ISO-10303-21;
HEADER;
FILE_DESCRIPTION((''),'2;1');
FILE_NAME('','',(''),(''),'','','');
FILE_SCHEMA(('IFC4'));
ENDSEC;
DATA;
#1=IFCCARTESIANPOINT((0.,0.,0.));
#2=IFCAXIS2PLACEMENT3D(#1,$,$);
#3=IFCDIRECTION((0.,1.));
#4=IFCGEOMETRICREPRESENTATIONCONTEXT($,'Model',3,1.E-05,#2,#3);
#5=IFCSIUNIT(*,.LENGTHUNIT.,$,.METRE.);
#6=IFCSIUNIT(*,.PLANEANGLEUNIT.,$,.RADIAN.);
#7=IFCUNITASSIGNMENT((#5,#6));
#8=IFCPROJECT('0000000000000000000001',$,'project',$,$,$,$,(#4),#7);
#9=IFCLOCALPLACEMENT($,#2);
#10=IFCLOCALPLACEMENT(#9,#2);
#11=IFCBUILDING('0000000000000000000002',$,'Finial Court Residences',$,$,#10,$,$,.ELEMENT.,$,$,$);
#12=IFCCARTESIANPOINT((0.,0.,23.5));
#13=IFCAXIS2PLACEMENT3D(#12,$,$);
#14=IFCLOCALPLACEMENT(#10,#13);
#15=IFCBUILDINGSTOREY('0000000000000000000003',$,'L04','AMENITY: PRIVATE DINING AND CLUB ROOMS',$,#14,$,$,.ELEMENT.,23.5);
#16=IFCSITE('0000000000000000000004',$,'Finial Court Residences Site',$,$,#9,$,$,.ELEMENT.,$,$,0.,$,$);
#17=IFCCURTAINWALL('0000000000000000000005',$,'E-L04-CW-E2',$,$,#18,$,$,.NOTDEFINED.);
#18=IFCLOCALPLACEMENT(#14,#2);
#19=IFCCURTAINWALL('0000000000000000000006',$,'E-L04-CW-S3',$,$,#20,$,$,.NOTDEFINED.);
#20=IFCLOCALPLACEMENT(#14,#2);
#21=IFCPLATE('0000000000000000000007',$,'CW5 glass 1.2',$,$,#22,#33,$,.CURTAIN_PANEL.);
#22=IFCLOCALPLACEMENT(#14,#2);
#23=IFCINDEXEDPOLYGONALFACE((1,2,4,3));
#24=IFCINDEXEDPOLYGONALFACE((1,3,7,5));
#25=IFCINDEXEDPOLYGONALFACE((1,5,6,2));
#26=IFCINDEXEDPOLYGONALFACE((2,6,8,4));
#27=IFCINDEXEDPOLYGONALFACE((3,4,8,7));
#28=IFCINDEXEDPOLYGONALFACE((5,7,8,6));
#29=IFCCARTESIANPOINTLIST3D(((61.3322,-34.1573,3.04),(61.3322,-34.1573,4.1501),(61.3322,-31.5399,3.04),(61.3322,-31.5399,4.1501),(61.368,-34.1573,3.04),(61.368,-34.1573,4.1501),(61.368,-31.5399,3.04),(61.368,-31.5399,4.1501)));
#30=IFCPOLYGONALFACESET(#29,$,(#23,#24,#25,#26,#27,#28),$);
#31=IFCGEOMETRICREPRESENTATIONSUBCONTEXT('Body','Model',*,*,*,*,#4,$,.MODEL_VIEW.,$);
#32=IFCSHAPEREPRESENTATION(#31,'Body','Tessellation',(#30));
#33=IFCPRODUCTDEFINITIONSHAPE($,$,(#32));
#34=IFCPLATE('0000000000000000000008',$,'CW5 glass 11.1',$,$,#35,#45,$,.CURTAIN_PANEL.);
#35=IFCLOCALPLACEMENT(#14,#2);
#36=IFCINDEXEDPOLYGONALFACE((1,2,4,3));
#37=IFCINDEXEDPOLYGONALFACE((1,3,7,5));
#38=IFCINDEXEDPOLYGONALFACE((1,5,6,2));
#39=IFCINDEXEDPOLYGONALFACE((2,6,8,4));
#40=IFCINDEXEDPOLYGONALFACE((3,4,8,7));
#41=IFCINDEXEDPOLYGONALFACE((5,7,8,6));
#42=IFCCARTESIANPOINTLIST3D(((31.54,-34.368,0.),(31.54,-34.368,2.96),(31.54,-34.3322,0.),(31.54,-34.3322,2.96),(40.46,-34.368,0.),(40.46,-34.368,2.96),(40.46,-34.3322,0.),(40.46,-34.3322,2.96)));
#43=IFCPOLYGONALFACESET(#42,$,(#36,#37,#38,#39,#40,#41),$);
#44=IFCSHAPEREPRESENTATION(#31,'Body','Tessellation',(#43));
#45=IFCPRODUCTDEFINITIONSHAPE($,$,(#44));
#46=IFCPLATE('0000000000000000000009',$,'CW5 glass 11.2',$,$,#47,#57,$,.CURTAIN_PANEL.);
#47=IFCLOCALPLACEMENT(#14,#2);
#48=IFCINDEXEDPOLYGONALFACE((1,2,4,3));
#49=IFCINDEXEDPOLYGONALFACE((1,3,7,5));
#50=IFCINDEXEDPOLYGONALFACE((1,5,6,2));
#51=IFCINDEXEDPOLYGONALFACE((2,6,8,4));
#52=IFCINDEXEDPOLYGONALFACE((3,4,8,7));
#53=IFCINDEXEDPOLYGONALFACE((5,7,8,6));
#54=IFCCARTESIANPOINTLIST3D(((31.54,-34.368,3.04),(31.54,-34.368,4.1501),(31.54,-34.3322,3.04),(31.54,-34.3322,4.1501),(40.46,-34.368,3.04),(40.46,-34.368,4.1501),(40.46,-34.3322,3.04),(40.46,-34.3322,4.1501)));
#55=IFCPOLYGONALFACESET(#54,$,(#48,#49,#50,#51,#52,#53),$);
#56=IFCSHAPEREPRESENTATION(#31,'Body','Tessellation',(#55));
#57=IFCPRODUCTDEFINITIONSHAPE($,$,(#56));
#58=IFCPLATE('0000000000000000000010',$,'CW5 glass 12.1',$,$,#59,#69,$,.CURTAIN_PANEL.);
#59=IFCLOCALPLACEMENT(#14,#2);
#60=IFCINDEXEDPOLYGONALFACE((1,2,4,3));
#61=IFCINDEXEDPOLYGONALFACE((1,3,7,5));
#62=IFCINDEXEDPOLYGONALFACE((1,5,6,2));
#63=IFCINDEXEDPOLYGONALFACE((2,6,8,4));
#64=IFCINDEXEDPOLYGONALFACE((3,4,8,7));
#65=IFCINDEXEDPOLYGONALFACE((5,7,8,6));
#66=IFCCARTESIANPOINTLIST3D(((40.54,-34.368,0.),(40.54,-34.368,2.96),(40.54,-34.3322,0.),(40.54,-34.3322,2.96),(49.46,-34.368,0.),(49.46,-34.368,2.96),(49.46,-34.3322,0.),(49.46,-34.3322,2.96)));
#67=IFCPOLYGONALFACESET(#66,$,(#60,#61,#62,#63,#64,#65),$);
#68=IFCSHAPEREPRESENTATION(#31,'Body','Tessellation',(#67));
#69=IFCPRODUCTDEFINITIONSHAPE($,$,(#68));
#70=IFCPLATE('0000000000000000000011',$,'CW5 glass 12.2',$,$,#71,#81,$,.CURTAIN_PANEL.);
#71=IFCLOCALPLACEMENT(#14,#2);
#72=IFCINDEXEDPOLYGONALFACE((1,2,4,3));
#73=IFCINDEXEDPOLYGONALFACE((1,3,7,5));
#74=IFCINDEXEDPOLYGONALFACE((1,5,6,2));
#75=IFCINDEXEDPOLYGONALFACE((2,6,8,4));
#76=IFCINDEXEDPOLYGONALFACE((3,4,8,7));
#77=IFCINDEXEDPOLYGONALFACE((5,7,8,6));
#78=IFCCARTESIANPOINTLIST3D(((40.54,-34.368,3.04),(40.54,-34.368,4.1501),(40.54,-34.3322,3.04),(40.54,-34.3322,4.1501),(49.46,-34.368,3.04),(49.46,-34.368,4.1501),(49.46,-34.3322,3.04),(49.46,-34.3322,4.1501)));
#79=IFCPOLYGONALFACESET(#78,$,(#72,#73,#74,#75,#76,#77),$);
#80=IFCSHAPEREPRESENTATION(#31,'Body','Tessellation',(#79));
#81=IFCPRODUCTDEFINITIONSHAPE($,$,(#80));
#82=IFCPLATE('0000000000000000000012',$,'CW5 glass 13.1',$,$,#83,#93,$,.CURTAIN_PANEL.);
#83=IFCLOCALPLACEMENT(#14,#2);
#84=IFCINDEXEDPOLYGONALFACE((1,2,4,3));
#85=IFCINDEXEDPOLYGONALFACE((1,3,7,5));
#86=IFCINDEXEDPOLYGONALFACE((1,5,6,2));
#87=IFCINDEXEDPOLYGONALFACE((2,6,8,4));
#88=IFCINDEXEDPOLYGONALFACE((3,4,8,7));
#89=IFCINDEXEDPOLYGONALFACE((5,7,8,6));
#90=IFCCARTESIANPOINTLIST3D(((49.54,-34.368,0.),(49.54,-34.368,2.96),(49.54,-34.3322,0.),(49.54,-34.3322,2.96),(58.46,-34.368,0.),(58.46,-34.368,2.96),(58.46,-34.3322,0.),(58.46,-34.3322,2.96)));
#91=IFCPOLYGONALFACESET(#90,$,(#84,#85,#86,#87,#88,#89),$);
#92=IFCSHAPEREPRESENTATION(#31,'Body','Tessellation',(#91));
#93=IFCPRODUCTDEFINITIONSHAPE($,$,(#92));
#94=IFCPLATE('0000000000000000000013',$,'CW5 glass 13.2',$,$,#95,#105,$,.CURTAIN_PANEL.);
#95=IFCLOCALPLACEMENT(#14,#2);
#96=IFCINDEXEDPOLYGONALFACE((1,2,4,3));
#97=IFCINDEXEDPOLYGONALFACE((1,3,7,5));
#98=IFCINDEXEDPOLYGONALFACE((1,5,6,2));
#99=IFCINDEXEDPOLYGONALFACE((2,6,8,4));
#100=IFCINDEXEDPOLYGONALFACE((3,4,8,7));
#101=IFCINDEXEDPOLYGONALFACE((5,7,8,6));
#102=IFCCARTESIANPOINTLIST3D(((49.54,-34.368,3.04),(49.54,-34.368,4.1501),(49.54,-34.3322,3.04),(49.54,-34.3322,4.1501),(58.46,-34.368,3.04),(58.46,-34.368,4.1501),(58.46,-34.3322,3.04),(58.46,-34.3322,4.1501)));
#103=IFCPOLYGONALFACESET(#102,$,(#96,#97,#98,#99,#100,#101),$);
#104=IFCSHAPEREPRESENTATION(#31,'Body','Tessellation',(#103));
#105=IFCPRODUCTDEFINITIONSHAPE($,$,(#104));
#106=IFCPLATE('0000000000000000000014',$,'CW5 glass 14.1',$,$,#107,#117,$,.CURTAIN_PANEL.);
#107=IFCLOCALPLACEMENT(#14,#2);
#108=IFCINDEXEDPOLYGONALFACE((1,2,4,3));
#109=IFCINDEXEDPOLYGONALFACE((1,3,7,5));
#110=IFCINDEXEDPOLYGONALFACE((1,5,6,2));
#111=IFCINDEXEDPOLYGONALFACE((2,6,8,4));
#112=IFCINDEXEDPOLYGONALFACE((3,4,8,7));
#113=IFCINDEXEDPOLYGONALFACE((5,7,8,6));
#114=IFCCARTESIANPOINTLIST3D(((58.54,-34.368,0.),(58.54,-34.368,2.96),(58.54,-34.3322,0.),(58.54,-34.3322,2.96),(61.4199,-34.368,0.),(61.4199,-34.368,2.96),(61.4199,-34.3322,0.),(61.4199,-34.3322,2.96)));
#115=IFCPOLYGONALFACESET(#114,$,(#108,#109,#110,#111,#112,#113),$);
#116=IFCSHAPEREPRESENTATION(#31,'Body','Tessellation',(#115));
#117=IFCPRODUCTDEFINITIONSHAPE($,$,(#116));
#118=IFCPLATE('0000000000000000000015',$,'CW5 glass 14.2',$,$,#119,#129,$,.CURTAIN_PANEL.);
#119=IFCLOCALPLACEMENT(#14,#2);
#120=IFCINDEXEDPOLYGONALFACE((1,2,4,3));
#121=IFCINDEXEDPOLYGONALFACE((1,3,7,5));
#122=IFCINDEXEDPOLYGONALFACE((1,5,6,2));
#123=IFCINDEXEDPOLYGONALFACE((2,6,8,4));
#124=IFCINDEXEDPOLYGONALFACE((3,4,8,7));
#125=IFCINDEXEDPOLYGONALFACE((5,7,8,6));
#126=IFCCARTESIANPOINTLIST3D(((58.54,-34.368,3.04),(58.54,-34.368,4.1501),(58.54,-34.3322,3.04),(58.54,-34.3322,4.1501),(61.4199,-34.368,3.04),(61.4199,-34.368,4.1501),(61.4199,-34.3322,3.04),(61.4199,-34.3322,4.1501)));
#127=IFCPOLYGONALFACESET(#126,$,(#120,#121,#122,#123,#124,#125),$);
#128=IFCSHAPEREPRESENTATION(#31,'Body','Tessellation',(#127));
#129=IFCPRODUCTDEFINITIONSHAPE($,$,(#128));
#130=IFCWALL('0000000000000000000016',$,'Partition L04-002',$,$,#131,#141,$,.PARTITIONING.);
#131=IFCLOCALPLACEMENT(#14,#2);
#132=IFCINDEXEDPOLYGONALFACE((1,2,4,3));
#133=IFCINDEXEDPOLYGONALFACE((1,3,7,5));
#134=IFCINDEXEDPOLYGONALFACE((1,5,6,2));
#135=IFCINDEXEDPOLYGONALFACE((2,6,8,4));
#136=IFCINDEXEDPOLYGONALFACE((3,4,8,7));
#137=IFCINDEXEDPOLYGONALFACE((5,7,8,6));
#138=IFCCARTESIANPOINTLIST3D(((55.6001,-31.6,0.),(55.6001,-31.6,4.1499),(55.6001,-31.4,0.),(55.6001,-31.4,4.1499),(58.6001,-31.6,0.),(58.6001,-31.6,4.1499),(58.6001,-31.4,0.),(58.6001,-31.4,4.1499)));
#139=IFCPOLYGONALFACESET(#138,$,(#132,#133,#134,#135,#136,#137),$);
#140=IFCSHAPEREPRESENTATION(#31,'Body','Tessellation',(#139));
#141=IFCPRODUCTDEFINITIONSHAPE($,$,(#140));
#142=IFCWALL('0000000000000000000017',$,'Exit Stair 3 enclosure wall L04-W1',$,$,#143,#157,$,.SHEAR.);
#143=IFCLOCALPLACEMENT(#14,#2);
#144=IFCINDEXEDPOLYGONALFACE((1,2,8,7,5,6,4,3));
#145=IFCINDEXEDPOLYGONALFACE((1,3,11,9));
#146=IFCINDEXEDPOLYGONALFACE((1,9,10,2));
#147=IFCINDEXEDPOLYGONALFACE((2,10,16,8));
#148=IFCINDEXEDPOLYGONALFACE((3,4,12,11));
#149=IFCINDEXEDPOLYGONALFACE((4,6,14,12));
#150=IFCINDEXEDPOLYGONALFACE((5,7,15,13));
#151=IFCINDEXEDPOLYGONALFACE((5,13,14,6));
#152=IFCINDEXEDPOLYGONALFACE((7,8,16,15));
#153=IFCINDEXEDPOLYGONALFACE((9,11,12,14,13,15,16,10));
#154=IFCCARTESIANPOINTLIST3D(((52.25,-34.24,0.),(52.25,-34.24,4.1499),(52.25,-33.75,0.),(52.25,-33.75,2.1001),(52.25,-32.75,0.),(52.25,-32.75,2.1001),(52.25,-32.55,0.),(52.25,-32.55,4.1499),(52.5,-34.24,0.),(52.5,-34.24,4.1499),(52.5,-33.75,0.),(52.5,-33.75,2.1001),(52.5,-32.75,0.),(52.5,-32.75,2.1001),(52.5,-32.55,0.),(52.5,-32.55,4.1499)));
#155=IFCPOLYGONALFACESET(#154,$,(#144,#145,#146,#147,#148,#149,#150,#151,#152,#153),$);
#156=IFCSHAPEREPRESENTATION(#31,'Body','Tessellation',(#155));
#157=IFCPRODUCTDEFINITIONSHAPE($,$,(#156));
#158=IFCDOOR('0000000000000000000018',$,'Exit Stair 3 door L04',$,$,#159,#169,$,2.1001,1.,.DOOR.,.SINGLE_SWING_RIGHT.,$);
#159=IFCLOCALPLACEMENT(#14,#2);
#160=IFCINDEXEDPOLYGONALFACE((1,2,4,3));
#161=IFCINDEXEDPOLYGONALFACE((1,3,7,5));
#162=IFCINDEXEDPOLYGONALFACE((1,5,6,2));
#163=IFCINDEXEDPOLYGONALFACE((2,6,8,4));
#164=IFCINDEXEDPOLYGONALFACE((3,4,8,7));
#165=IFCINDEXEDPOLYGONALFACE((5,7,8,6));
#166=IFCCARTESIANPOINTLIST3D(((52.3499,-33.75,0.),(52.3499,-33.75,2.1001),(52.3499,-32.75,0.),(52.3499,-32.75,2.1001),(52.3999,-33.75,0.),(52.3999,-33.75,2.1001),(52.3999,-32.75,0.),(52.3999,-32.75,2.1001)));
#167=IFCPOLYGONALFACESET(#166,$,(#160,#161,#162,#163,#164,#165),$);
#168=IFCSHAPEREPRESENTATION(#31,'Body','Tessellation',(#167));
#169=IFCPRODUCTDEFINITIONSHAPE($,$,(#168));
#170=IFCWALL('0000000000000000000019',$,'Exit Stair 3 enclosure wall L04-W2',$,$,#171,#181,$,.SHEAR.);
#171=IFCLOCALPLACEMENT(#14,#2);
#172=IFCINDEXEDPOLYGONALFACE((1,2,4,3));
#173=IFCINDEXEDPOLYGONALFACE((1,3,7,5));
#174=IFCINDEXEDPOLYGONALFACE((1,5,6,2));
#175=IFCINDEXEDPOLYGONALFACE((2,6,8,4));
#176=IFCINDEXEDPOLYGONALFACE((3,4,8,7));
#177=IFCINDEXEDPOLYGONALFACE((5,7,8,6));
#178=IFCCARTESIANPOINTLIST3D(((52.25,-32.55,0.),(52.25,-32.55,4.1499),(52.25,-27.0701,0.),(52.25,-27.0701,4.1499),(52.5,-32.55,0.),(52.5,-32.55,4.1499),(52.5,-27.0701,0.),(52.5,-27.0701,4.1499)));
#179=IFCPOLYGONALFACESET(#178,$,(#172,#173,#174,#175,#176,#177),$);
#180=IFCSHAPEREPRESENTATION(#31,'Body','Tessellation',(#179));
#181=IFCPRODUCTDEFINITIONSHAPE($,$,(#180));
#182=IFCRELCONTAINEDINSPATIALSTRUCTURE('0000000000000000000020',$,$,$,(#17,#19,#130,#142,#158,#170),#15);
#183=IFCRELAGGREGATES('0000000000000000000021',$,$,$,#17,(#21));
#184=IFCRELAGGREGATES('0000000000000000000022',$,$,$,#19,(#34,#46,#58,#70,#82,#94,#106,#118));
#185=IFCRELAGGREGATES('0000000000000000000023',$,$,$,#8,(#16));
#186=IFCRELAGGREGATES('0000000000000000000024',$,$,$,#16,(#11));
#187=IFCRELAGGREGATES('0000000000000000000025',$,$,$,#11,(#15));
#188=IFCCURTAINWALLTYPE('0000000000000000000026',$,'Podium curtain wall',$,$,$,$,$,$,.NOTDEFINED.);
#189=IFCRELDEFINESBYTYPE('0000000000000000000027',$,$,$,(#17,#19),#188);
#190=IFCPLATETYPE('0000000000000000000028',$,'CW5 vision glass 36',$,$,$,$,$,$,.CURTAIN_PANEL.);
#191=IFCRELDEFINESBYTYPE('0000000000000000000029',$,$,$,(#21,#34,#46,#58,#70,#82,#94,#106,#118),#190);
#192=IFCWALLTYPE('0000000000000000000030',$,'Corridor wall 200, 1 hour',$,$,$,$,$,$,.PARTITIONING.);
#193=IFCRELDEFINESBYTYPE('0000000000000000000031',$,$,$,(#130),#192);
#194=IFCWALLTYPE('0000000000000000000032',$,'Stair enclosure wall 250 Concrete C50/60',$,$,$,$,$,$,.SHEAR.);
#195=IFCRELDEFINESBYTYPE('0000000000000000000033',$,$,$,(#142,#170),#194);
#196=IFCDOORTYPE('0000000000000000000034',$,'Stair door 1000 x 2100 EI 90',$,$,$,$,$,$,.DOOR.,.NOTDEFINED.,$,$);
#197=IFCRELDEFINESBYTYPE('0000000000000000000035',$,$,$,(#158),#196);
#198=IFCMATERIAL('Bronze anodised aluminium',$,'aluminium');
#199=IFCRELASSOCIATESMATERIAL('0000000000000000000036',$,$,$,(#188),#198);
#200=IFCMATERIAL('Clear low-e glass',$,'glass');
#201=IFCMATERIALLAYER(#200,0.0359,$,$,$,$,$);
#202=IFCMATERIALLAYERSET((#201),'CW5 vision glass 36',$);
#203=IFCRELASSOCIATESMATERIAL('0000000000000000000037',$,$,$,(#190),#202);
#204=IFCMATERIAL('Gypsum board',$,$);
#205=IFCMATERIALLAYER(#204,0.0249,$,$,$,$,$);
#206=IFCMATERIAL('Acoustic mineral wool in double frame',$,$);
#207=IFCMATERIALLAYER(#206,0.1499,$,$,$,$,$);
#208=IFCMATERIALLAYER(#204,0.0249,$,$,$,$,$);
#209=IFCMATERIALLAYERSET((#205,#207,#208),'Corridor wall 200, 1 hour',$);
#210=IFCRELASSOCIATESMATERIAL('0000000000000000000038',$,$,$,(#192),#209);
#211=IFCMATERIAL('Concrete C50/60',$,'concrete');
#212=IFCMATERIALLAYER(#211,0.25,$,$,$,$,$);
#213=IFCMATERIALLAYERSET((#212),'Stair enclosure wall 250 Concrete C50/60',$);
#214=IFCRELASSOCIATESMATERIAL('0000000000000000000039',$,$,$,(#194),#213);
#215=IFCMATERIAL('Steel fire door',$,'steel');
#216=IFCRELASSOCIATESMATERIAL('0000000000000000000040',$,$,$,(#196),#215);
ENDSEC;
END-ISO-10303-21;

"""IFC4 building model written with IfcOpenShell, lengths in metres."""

from ifc_helpers import new_model, si_unit, direction, frame, frame_2d, origin, origin_2d, place, context, subcontext, project, spatial, rectangle, extrude, material, layer, layer_set, type_object, element, fill, aggregate, save


model = new_model("IFC4")

# Units and contexts
model_context = context("Model", 3, precision=1e-05, world=origin(), true_north=direction((0.0, 1.0)))
body_context = subcontext(model_context, "Body", "Model", "MODEL_VIEW")
ifc_project = project(units=[si_unit("LENGTHUNIT", "METRE"), si_unit("PLANEANGLEUNIT", "RADIAN")], contexts=[model_context])

# Site, building, storey
site_placement = place(None, origin())
site = spatial("IfcSite", under=ifc_project, at=site_placement, Name="Finial Court Residences Site", CompositionType="ELEMENT", RefElevation=0.0)
building_placement = place(site_placement, origin())
building = spatial("IfcBuilding", under=site, at=building_placement, Name="Finial Court Residences", CompositionType="ELEMENT")
storey_placement = place(building_placement, frame((0.0, 0.0, 23.5)))
storey = spatial("IfcBuildingStorey", under=building, at=storey_placement, Name="L04", Description="AMENITY: PRIVATE DINING AND CLUB ROOMS", CompositionType="ELEMENT", Elevation=23.5)

# Shared definitions
ifc_material_1 = material(Name="Concrete C50/60", Category="concrete")

# Curtain walls
ifc_material_2 = material(Name="Bronze anodised aluminium", Category="aluminium")
curtain_wall_type = type_object("IfcCurtainWallType", Name="Podium curtain wall", PredefinedType="NOTDEFINED", material=ifc_material_2)
curtain_wall_1_placement = place(storey_placement, origin())
curtain_wall_1 = element("IfcCurtainWall", 1, at=curtain_wall_1_placement, inside=storey, type_object=curtain_wall_type, Name="E-L04-CW-E2", PredefinedType="NOTDEFINED")
curtain_wall_2_placement = place(storey_placement, origin())
curtain_wall_2 = element("IfcCurtainWall", 2, at=curtain_wall_2_placement, inside=storey, type_object=curtain_wall_type, Name="E-L04-CW-S3", PredefinedType="NOTDEFINED")

# Plates
ifc_material_3 = material(Name="Clear low-e glass", Category="glass")
ifc_layer_1 = layer(ifc_material_3, 0.0359)
ifc_layer_set_1 = layer_set([ifc_layer_1], Name="CW5 vision glass 36")
plate_type = type_object("IfcPlateType", Name="CW5 vision glass 36", PredefinedType="CURTAIN_PANEL", material=ifc_layer_set_1)
plate_1_placement = place(storey_placement, frame((61.3501, -32.8486, 3.04), z_axis=(0.0, 0.0, 1.0), x_axis=(0.0, 1.0, 0.0)))
plate_1 = element("IfcPlate", 3, at=plate_1_placement, type_object=plate_type, Name="CW5 glass 1.2", PredefinedType="CURTAIN_PANEL", context=body_context, shape_type="SweptSolid", body=[
    extrude(rectangle(XDim=2.6174, YDim=0.0359, at=origin_2d()), origin(), (0.0, 0.0, 1.0), 1.1101),
])
aggregate(curtain_wall_1, [plate_1])
plate_2_placement = place(storey_placement, frame((36.0, -34.3501, 0.0), z_axis=(0.0, 0.0, 1.0), x_axis=(1.0, 0.0, 0.0)))
plate_2 = element("IfcPlate", 4, at=plate_2_placement, type_object=plate_type, Name="CW5 glass 11.1", PredefinedType="CURTAIN_PANEL", context=body_context, shape_type="SweptSolid", body=[
    extrude(rectangle(XDim=8.9199, YDim=0.0359, at=origin_2d()), origin(), (0.0, 0.0, 1.0), 2.96),
])
plate_3_placement = place(storey_placement, frame((36.0, -34.3501, 3.04), z_axis=(0.0, 0.0, 1.0), x_axis=(1.0, 0.0, 0.0)))
plate_3 = element("IfcPlate", 5, at=plate_3_placement, type_object=plate_type, Name="CW5 glass 11.2", PredefinedType="CURTAIN_PANEL", context=body_context, shape_type="SweptSolid", body=[
    extrude(rectangle(XDim=8.9199, YDim=0.0359, at=origin_2d()), origin(), (0.0, 0.0, 1.0), 1.1101),
])
plate_4_placement = place(storey_placement, frame((45.0, -34.3501, 0.0), z_axis=(0.0, 0.0, 1.0), x_axis=(1.0, 0.0, 0.0)))
plate_4 = element("IfcPlate", 6, at=plate_4_placement, type_object=plate_type, Name="CW5 glass 12.1", PredefinedType="CURTAIN_PANEL", context=body_context, shape_type="SweptSolid", body=[
    extrude(rectangle(XDim=8.9199, YDim=0.0359, at=origin_2d()), origin(), (0.0, 0.0, 1.0), 2.96),
])
plate_5_placement = place(storey_placement, frame((45.0, -34.3501, 3.04), z_axis=(0.0, 0.0, 1.0), x_axis=(1.0, 0.0, 0.0)))
plate_5 = element("IfcPlate", 7, at=plate_5_placement, type_object=plate_type, Name="CW5 glass 12.2", PredefinedType="CURTAIN_PANEL", context=body_context, shape_type="SweptSolid", body=[
    extrude(rectangle(XDim=8.9199, YDim=0.0359, at=origin_2d()), origin(), (0.0, 0.0, 1.0), 1.1101),
])
plate_6_placement = place(storey_placement, frame((54.0, -34.3501, 0.0), z_axis=(0.0, 0.0, 1.0), x_axis=(1.0, 0.0, 0.0)))
plate_6 = element("IfcPlate", 8, at=plate_6_placement, type_object=plate_type, Name="CW5 glass 13.1", PredefinedType="CURTAIN_PANEL", context=body_context, shape_type="SweptSolid", body=[
    extrude(rectangle(XDim=8.9199, YDim=0.0359, at=origin_2d()), origin(), (0.0, 0.0, 1.0), 2.96),
])
plate_7_placement = place(storey_placement, frame((54.0, -34.3501, 3.04), z_axis=(0.0, 0.0, 1.0), x_axis=(1.0, 0.0, 0.0)))
plate_7 = element("IfcPlate", 9, at=plate_7_placement, type_object=plate_type, Name="CW5 glass 13.2", PredefinedType="CURTAIN_PANEL", context=body_context, shape_type="SweptSolid", body=[
    extrude(rectangle(XDim=8.9199, YDim=0.0359, at=origin_2d()), origin(), (0.0, 0.0, 1.0), 1.1101),
])
plate_8_placement = place(storey_placement, frame((59.98, -34.3501, 0.0), z_axis=(0.0, 0.0, 1.0), x_axis=(1.0, 0.0, 0.0)))
plate_8 = element("IfcPlate", 10, at=plate_8_placement, type_object=plate_type, Name="CW5 glass 14.1", PredefinedType="CURTAIN_PANEL", context=body_context, shape_type="SweptSolid", body=[
    extrude(rectangle(XDim=2.8799, YDim=0.0359, at=origin_2d()), origin(), (0.0, 0.0, 1.0), 2.96),
])
plate_9_placement = place(storey_placement, frame((59.98, -34.3501, 3.04), z_axis=(0.0, 0.0, 1.0), x_axis=(1.0, 0.0, 0.0)))
plate_9 = element("IfcPlate", 11, at=plate_9_placement, type_object=plate_type, Name="CW5 glass 14.2", PredefinedType="CURTAIN_PANEL", context=body_context, shape_type="SweptSolid", body=[
    extrude(rectangle(XDim=2.8799, YDim=0.0359, at=origin_2d()), origin(), (0.0, 0.0, 1.0), 1.1101),
])
aggregate(curtain_wall_2, [plate_2, plate_3, plate_4, plate_5, plate_6, plate_7, plate_8, plate_9])

# Wall
ifc_material_4 = material(Name="Gypsum board")
ifc_layer_2 = layer(ifc_material_4, 0.0249)
ifc_material_5 = material(Name="Acoustic mineral wool in double frame")
ifc_layer_3 = layer(ifc_material_5, 0.1499)
ifc_layer_4 = layer(ifc_material_4, 0.0249)
ifc_layer_set_2 = layer_set([ifc_layer_2, ifc_layer_3, ifc_layer_4], Name="Corridor wall 200, 1 hour")
wall_type_1 = type_object("IfcWallType", Name="Corridor wall 200, 1 hour", PredefinedType="PARTITIONING", material=ifc_layer_set_2)
wall_1_placement = place(storey_placement, frame((55.6001, -31.5, 0.0), z_axis=(0.0, 0.0, 1.0), x_axis=(1.0, 0.0, 0.0)))
element("IfcWall", 12, at=wall_1_placement, inside=storey, type_object=wall_type_1, Name="Partition L04-002", PredefinedType="PARTITIONING", context=body_context, shape_type="SweptSolid", body=[
    extrude(rectangle(XDim=3.0, YDim=0.2, at=frame_2d((1.5, 0.0))), origin(), (0.0, 0.0, 1.0), 4.1499),
])

# Wall, opening, door
ifc_layer_5 = layer(ifc_material_1, 0.25)
ifc_layer_set_3 = layer_set([ifc_layer_5], Name="Stair enclosure wall 250 Concrete C50/60")
wall_type_2 = type_object("IfcWallType", Name="Stair enclosure wall 250 Concrete C50/60", PredefinedType="SHEAR", material=ifc_layer_set_3)
wall_2_placement = place(storey_placement, frame((52.375, -32.55, 0.0), z_axis=(0.0, 0.0, 1.0), x_axis=(0.0, -1.0, 0.0)))
wall_2 = element("IfcWall", 13, at=wall_2_placement, inside=storey, type_object=wall_type_2, Name="Exit Stair 3 enclosure wall L04-W1", PredefinedType="SHEAR", context=body_context, shape_type="SweptSolid", body=[
    extrude(rectangle(XDim=1.6899, YDim=0.25, at=frame_2d((0.845, 0.0))), origin(), (0.0, 0.0, 1.0), 4.1499),
])
opening_1_placement = place(wall_2_placement, frame((0.2, 0.0, 0.0)))
opening_1 = element("IfcOpeningElement", 14, at=opening_1_placement, cuts=wall_2, PredefinedType="OPENING", context=body_context, shape_type="SweptSolid", body=[
    extrude(rectangle(XDim=1.0, YDim=2.1001, at=frame_2d((0.5, 1.05))), frame((0.0, 0.135, 0.0), z_axis=(0.0, -1.0, 0.0), x_axis=(1.0, 0.0, 0.0)), (0.0, 0.0, 1.0), 0.27),
])
ifc_material_6 = material(Name="Steel fire door", Category="steel")
door_type = type_object("IfcDoorType", Name="Stair door 1000 x 2100 EI 90", OperationType="NOTDEFINED", PredefinedType="DOOR", material=ifc_material_6)
door_1_placement = place(opening_1_placement, origin())
door_1 = element("IfcDoor", 15, at=door_1_placement, inside=storey, type_object=door_type, Name="Exit Stair 3 door L04", OperationType="SINGLE_SWING_RIGHT", OverallHeight=2.1001, OverallWidth=1.0, PredefinedType="DOOR", context=body_context, shape_type="SweptSolid", body=[
    extrude(rectangle(XDim=1.0, YDim=2.1001, at=frame_2d((0.5, 1.05))), frame((0.0, 0.0249, 0.0), z_axis=(0.0, -1.0, 0.0), x_axis=(1.0, 0.0, 0.0)), (0.0, 0.0, 1.0), 0.05),
])
fill(opening_1, door_1)

# Wall
wall_3_placement = place(storey_placement, frame((52.375, -32.55, 0.0), z_axis=(0.0, 0.0, 1.0), x_axis=(0.0, 1.0, 0.0)))
element("IfcWall", 16, at=wall_3_placement, inside=storey, type_object=wall_type_2, Name="Exit Stair 3 enclosure wall L04-W2", PredefinedType="SHEAR", context=body_context, shape_type="SweptSolid", body=[
    extrude(rectangle(XDim=5.48, YDim=0.25, at=frame_2d((2.74, 0.0))), origin(), (0.0, 0.0, 1.0), 4.1499),
])

save(model, "model.ifc")
